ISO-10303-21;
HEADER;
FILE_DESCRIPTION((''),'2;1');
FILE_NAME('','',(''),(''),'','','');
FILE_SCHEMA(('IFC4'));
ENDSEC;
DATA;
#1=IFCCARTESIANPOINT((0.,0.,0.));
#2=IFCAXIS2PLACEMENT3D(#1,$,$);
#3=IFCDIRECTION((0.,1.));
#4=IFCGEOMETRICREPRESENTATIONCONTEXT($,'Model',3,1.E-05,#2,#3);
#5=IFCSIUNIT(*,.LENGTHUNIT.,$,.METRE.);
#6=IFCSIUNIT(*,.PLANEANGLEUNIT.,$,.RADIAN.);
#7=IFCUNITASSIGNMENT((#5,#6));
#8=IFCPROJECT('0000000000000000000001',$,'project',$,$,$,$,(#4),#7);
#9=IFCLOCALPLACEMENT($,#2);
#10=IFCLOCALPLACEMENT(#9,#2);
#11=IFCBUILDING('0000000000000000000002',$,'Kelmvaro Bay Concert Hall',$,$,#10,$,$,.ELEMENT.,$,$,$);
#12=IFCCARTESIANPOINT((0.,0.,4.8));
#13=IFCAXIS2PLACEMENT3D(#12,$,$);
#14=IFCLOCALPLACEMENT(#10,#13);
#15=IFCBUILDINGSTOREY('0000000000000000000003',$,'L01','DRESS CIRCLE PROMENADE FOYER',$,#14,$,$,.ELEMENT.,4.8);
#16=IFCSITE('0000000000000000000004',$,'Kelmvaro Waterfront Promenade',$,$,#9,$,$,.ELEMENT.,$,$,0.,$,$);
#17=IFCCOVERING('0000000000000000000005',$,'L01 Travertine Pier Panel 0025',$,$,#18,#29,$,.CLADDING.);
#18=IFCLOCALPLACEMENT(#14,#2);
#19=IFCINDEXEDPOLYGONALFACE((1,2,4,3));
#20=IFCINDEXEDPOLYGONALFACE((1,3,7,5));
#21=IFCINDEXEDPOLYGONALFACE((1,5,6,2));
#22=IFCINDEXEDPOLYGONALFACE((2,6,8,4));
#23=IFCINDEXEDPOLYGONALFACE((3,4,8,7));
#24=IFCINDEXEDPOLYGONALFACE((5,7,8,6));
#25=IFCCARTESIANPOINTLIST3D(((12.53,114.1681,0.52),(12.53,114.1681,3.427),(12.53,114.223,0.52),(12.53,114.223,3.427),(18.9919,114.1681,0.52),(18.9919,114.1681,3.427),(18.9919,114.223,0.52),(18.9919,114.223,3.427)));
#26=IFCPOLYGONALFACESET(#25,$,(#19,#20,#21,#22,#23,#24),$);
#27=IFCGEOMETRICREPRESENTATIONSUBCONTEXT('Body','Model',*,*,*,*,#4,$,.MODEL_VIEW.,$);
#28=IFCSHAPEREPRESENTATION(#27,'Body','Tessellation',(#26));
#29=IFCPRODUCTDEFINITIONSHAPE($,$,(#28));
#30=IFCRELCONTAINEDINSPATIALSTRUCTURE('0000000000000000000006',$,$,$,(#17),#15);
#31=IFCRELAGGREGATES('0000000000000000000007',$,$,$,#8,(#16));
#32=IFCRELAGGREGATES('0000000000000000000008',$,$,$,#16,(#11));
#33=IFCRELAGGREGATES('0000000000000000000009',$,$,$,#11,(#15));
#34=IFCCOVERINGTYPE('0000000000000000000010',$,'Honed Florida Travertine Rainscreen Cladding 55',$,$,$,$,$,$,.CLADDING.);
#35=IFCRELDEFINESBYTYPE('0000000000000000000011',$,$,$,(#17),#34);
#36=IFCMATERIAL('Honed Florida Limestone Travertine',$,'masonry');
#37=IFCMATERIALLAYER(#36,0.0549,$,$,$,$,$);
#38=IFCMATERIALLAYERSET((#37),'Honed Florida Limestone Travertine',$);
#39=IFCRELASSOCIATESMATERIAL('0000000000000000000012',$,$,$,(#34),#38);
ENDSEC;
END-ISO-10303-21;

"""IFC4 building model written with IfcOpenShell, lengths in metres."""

from ifc_helpers import new_model, si_unit, direction, frame, origin, origin_2d, place, context, subcontext, project, spatial, rectangle, extrude, material, layer, layer_set, type_object, element, save


model = new_model("IFC4")

# Units and contexts
model_context = context("Model", 3, precision=1e-05, world=origin(), true_north=direction((0.0, 1.0)))
body_context = subcontext(model_context, "Body", "Model", "MODEL_VIEW")
ifc_project = project(units=[si_unit("LENGTHUNIT", "METRE"), si_unit("PLANEANGLEUNIT", "RADIAN")], contexts=[model_context])

# Site, building, storey
site_placement = place(None, origin())
site = spatial("IfcSite", under=ifc_project, at=site_placement, Name="Kelmvaro Waterfront Promenade", CompositionType="ELEMENT", RefElevation=0.0)
building_placement = place(site_placement, origin())
building = spatial("IfcBuilding", under=site, at=building_placement, Name="Kelmvaro Bay Concert Hall", CompositionType="ELEMENT")
storey_placement = place(building_placement, frame((0.0, 0.0, 4.8)))
storey = spatial("IfcBuildingStorey", under=building, at=storey_placement, Name="L01", Description="DRESS CIRCLE PROMENADE FOYER", CompositionType="ELEMENT", Elevation=4.8)

# Covering
ifc_material_1 = material(Name="Honed Florida Limestone Travertine", Category="masonry")
ifc_layer_1 = layer(ifc_material_1, 0.0549)
ifc_layer_set_1 = layer_set([ifc_layer_1], Name="Honed Florida Limestone Travertine")
covering_type_1 = type_object("IfcCoveringType", Name="Honed Florida Travertine Rainscreen Cladding 55", PredefinedType="CLADDING", material=ifc_layer_set_1)
covering_1_placement = place(storey_placement, frame((15.761, 114.1956, 0.52), z_axis=(0.0, 0.0, 1.0), x_axis=(1.0, 0.0, 0.0)))
element("IfcCovering", 1, at=covering_1_placement, inside=storey, type_object=covering_type_1, Name="L01 Travertine Pier Panel 0025", PredefinedType="CLADDING", context=body_context, shape_type="SweptSolid", body=[
    extrude(rectangle(XDim=6.4619, YDim=0.0549, at=origin_2d()), origin(), (0.0, 0.0, 1.0), 2.907),
])

save(model, "model.ifc")
